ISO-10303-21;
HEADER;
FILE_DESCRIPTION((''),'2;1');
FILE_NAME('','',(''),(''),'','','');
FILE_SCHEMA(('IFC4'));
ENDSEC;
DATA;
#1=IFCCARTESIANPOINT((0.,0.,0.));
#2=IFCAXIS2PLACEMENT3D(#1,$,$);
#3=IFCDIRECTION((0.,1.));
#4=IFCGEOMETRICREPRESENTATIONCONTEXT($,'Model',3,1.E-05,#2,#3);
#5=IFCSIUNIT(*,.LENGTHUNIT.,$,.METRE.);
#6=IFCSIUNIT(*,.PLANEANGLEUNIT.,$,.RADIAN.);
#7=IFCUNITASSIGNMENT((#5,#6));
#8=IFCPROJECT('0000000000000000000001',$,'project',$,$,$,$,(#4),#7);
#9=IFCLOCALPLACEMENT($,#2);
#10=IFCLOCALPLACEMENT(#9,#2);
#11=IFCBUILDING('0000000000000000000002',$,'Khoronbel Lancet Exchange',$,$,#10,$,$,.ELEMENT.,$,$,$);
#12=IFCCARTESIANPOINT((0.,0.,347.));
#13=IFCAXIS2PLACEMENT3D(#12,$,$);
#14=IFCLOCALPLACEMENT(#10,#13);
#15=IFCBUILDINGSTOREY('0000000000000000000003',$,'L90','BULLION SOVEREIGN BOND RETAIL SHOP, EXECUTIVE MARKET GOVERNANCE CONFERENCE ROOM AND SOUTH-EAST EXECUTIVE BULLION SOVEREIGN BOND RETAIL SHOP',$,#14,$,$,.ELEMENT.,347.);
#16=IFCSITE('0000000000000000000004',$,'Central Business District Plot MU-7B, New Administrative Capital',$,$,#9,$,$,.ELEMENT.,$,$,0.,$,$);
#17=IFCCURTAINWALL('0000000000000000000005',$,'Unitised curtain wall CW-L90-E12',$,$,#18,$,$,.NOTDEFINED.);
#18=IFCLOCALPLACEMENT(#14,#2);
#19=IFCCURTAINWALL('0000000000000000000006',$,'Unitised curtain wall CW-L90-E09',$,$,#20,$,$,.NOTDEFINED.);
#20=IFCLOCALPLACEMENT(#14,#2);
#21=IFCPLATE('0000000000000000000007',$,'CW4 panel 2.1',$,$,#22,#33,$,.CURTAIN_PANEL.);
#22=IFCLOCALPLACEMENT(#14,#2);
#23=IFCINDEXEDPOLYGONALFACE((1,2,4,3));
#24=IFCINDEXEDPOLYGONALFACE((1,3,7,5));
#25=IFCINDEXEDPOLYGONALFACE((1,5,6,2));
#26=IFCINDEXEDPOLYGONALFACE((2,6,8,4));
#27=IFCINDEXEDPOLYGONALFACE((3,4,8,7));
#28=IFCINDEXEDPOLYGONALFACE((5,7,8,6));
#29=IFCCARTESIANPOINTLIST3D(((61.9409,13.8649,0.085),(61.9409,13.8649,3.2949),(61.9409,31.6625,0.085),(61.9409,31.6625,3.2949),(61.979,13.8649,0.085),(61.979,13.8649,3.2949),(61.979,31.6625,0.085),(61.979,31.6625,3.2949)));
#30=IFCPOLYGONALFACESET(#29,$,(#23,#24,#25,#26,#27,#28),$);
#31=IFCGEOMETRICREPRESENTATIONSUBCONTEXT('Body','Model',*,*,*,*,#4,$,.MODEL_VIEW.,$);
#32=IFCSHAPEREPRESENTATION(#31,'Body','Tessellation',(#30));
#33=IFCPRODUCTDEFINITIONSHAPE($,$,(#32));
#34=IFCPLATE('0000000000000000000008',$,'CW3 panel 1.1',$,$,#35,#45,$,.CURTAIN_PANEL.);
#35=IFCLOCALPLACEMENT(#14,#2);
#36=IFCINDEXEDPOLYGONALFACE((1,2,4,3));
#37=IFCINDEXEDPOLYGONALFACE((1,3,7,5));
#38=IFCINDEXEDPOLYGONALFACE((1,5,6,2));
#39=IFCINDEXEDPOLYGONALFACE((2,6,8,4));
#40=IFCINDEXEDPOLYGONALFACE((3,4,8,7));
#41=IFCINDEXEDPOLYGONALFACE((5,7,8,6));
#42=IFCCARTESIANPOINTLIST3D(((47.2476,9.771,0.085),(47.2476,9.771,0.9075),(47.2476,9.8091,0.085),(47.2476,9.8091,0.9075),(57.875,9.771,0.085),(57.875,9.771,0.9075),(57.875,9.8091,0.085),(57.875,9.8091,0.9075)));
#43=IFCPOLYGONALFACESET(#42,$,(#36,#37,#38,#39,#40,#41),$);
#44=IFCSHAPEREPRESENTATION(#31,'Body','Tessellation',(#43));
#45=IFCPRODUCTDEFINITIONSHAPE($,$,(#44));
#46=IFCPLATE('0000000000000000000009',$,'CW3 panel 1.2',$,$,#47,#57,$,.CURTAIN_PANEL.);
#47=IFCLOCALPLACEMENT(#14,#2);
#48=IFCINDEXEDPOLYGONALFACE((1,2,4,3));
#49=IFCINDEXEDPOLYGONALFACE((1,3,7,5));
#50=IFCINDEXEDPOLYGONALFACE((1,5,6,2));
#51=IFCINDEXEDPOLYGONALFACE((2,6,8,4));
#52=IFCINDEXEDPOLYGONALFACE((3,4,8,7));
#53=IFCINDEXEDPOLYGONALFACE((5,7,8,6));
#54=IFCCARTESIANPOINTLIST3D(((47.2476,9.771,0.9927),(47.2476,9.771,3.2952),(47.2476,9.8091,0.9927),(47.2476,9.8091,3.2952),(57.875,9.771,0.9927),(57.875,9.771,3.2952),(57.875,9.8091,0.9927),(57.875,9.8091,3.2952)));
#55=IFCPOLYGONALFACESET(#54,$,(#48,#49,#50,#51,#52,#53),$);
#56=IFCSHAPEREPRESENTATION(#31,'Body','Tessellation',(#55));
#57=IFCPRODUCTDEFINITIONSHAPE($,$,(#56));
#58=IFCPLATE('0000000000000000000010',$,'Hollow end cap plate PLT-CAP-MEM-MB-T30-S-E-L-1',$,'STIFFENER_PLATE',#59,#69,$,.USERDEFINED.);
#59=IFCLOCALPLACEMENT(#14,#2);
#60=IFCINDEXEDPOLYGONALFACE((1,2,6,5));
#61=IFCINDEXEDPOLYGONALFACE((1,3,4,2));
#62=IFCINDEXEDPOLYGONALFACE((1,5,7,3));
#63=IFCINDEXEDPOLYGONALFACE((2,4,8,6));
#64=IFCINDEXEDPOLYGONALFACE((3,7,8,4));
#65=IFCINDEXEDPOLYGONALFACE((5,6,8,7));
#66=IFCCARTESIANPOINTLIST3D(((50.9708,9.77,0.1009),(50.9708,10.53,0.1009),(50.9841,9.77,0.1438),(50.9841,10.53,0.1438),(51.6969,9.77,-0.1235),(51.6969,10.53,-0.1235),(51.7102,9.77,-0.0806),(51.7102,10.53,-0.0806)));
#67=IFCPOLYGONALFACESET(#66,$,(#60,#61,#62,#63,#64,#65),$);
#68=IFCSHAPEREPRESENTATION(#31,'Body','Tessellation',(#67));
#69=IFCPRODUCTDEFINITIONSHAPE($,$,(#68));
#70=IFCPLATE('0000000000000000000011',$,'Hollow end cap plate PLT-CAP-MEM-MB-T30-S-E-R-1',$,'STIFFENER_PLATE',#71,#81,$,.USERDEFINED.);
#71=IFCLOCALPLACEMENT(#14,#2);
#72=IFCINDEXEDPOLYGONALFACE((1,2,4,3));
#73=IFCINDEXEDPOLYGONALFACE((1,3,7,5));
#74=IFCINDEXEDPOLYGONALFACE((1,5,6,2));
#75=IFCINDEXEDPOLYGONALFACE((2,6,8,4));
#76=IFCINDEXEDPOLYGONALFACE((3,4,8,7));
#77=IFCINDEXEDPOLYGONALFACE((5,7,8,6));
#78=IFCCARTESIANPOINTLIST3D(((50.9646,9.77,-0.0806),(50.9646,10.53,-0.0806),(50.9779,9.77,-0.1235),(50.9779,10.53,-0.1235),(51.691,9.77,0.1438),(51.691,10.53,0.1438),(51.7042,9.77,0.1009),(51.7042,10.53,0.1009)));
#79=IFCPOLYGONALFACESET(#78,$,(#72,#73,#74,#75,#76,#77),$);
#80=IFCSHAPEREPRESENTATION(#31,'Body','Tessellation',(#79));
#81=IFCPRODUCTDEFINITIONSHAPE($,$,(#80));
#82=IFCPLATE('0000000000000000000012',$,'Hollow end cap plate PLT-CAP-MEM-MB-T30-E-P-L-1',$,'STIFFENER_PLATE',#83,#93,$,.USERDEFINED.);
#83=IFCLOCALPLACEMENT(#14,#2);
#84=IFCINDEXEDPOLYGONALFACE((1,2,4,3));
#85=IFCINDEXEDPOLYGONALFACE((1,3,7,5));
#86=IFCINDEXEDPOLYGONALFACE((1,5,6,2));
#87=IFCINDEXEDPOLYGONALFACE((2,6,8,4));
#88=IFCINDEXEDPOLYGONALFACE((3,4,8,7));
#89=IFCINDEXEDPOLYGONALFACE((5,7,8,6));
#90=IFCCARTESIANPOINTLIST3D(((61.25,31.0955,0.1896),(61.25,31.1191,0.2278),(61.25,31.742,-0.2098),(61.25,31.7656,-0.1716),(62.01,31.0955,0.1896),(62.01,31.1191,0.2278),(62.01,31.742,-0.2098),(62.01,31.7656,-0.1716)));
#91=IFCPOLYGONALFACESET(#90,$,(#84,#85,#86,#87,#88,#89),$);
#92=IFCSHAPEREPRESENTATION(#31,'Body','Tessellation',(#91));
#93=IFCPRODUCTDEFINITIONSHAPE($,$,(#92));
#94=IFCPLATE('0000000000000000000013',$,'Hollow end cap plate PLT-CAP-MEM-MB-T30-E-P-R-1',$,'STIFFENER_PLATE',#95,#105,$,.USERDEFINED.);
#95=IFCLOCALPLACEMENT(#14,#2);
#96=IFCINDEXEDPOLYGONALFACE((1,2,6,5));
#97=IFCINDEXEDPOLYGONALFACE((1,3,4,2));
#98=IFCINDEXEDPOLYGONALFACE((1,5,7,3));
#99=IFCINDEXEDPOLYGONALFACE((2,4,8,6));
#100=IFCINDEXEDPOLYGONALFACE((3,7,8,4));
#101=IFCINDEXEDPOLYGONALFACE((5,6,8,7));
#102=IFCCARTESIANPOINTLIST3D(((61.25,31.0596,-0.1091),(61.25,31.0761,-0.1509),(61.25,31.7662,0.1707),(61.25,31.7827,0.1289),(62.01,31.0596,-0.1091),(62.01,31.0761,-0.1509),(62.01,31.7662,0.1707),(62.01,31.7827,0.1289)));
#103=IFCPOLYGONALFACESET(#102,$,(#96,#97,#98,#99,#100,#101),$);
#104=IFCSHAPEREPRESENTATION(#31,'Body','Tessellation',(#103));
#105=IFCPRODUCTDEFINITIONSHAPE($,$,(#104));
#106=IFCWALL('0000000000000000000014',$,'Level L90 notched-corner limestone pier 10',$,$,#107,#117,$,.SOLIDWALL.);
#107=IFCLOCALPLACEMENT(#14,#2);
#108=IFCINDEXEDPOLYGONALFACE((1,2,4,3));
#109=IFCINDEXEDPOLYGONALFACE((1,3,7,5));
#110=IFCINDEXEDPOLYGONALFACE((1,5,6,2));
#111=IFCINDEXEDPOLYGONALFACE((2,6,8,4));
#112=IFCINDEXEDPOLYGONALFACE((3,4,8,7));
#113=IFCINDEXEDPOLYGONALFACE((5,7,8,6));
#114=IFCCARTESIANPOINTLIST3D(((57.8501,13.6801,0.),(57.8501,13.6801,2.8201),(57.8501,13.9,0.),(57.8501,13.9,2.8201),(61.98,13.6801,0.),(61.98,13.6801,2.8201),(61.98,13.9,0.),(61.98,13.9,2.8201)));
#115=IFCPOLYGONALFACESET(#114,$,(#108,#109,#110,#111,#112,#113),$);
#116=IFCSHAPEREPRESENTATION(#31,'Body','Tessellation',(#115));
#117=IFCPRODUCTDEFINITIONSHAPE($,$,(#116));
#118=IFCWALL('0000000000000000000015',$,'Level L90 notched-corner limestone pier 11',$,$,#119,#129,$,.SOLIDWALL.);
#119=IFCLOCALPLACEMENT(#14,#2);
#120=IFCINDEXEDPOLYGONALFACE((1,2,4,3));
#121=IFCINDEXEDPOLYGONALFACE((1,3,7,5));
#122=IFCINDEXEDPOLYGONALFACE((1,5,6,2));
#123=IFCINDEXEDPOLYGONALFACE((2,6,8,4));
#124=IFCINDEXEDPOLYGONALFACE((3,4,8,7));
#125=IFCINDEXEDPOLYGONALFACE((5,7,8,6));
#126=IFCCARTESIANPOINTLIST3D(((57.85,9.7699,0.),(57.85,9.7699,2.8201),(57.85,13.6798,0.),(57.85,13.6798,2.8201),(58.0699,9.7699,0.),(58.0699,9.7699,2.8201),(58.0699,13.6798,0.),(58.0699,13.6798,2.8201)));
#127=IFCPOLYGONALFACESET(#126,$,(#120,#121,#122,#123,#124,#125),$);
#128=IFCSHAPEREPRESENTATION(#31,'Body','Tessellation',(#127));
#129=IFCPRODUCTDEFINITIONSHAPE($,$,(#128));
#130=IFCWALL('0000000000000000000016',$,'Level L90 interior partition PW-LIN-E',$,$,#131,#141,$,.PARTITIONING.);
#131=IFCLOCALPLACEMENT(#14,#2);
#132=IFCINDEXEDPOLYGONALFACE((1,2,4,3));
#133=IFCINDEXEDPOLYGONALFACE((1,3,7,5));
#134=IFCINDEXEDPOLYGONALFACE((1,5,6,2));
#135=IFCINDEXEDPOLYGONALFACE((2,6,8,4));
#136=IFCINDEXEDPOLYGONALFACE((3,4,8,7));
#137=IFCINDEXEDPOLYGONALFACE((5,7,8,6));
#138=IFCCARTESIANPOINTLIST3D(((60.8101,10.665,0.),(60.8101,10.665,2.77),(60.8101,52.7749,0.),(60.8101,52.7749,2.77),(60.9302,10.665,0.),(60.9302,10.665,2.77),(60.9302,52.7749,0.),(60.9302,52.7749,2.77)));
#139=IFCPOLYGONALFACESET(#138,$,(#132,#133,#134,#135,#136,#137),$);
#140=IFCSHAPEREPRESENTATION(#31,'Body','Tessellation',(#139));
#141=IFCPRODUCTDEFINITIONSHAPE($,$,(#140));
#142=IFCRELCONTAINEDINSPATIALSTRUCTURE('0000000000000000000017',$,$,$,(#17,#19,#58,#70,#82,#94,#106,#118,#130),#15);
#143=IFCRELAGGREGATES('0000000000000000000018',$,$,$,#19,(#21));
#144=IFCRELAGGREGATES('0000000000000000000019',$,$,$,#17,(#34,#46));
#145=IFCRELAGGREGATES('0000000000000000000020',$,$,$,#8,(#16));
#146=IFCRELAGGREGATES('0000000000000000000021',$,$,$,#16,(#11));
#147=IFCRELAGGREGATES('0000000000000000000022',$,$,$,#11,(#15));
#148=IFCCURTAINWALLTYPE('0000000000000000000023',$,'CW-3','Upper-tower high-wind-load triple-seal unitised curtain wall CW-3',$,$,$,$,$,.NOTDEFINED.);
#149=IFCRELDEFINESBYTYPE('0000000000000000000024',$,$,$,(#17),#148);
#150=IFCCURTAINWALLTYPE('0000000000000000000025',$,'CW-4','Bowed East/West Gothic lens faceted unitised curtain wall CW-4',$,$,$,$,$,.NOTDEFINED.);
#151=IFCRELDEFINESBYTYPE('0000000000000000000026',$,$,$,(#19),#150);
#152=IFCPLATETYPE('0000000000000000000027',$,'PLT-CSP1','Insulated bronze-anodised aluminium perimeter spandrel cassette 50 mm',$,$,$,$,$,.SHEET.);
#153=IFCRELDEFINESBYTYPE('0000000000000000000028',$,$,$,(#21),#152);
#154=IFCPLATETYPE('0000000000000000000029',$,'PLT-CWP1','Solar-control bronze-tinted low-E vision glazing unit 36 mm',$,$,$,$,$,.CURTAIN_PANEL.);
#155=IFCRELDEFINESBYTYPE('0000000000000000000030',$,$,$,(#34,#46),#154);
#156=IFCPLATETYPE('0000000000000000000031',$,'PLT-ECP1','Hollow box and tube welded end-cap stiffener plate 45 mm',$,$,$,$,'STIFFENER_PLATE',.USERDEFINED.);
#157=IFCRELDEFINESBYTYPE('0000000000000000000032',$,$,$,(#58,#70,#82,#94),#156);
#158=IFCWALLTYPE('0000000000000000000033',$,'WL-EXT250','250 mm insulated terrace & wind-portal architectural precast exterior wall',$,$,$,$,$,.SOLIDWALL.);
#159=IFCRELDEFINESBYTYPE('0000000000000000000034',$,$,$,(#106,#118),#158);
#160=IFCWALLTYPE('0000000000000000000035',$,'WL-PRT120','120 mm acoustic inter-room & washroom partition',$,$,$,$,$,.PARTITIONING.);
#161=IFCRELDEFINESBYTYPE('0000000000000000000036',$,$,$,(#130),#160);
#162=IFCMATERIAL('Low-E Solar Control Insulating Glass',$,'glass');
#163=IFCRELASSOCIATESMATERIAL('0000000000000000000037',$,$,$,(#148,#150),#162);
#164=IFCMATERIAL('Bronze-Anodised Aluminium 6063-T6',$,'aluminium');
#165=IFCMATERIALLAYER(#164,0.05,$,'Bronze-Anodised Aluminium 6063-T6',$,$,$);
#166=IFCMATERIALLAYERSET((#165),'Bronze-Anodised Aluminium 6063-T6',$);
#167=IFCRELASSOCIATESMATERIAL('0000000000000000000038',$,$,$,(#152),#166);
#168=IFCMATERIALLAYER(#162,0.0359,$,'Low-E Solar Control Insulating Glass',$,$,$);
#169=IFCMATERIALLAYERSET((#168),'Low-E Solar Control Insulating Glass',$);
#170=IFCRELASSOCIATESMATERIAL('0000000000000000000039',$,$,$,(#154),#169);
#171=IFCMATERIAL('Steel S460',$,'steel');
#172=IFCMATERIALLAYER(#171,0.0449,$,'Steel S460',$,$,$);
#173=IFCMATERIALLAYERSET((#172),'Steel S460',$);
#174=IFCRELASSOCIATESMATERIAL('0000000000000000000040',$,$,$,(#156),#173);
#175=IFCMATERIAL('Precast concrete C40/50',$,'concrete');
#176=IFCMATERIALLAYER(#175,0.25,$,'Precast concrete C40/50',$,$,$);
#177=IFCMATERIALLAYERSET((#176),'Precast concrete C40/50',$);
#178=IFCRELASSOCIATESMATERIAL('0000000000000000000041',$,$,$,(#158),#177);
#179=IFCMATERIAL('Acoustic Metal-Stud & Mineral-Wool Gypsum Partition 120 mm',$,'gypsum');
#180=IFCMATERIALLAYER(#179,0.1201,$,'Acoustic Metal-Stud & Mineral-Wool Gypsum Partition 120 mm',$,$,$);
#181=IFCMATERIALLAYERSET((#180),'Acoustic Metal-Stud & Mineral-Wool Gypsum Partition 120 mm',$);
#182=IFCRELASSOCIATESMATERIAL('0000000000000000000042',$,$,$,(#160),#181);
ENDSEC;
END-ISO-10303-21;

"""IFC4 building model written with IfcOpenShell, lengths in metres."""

from ifc_helpers import new_model, si_unit, direction, frame, frame_2d, origin, origin_2d, place, context, subcontext, project, spatial, polyline, rectangle, outline, extrude, material, layer, layer_set, type_object, element, aggregate, save


model = new_model("IFC4")

# Units and contexts
model_context = context("Model", 3, precision=1e-05, world=origin(), true_north=direction((0.0, 1.0)))
body_context = subcontext(model_context, "Body", "Model", "MODEL_VIEW")
ifc_project = project(units=[si_unit("LENGTHUNIT", "METRE"), si_unit("PLANEANGLEUNIT", "RADIAN")], contexts=[model_context])

# Site, building, storey
site_placement = place(None, origin())
site = spatial("IfcSite", under=ifc_project, at=site_placement, Name="Central Business District Plot MU-7B, New Administrative Capital", CompositionType="ELEMENT", RefElevation=0.0)
building_placement = place(site_placement, origin())
building = spatial("IfcBuilding", under=site, at=building_placement, Name="Khoronbel Lancet Exchange", CompositionType="ELEMENT")
storey_placement = place(building_placement, frame((0.0, 0.0, 347.0)))
storey = spatial("IfcBuildingStorey", under=building, at=storey_placement, Name="L90", Description="BULLION SOVEREIGN BOND RETAIL SHOP, EXECUTIVE MARKET GOVERNANCE CONFERENCE ROOM AND SOUTH-EAST EXECUTIVE BULLION SOVEREIGN BOND RETAIL SHOP", CompositionType="ELEMENT", Elevation=347.0)

# Shared definitions
ifc_material_1 = material(Name="Steel S460", Category="steel")

# Curtain wall
ifc_material_2 = material(Name="Low-E Solar Control Insulating Glass", Category="glass")
curtain_wall_type_1 = type_object("IfcCurtainWallType", Name="CW-3", Description="Upper-tower high-wind-load triple-seal unitised curtain wall CW-3", PredefinedType="NOTDEFINED", material=ifc_material_2)
curtain_wall_1_placement = place(storey_placement, origin())
curtain_wall_1 = element("IfcCurtainWall", 1, at=curtain_wall_1_placement, inside=storey, type_object=curtain_wall_type_1, Name="Unitised curtain wall CW-L90-E12", PredefinedType="NOTDEFINED")
ifc_material_3 = material(Name="Bronze-Anodised Aluminium 6063-T6", Category="aluminium")

# Curtain wall
curtain_wall_type_2 = type_object("IfcCurtainWallType", Name="CW-4", Description="Bowed East/West Gothic lens faceted unitised curtain wall CW-4", PredefinedType="NOTDEFINED", material=ifc_material_2)
curtain_wall_2_placement = place(storey_placement, origin())
curtain_wall_2 = element("IfcCurtainWall", 2, at=curtain_wall_2_placement, inside=storey, type_object=curtain_wall_type_2, Name="Unitised curtain wall CW-L90-E09", PredefinedType="NOTDEFINED")

# Plates
ifc_layer_1 = layer(ifc_material_3, 0.05, Name="Bronze-Anodised Aluminium 6063-T6")
ifc_layer_set_1 = layer_set([ifc_layer_1], Name="Bronze-Anodised Aluminium 6063-T6")
plate_type_1 = type_object("IfcPlateType", Name="PLT-CSP1", Description="Insulated bronze-anodised aluminium perimeter spandrel cassette 50 mm", PredefinedType="SHEET", material=ifc_layer_set_1)
plate_1_placement = place(storey_placement, frame((61.96, 22.7637, 0.085), z_axis=(0.0, 0.0, 1.0), x_axis=(0.0, -1.0, 0.0)))
plate_1 = element("IfcPlate", 3, at=plate_1_placement, type_object=plate_type_1, Name="CW4 panel 2.1", PredefinedType="CURTAIN_PANEL", context=body_context, shape_type="SweptSolid", body=[
    extrude(rectangle(XDim=17.7976, YDim=0.0381, at=origin_2d()), origin(), (0.0, 0.0, 1.0), 3.21),
])
aggregate(curtain_wall_2, [plate_1])
ifc_layer_2 = layer(ifc_material_2, 0.0359, Name="Low-E Solar Control Insulating Glass")
ifc_layer_set_2 = layer_set([ifc_layer_2], Name="Low-E Solar Control Insulating Glass")
plate_type_2 = type_object("IfcPlateType", Name="PLT-CWP1", Description="Solar-control bronze-tinted low-E vision glazing unit 36 mm", PredefinedType="CURTAIN_PANEL", material=ifc_layer_set_2)
plate_2_placement = place(storey_placement, frame((52.5613, 9.79, 0.085), z_axis=(0.0, 0.0, 1.0), x_axis=(-1.0, 0.0, 0.0)))
plate_2 = element("IfcPlate", 4, at=plate_2_placement, type_object=plate_type_2, Name="CW3 panel 1.1", PredefinedType="CURTAIN_PANEL", context=body_context, shape_type="SweptSolid", body=[
    extrude(rectangle(XDim=10.6274, YDim=0.0381, at=origin_2d()), origin(), (0.0, 0.0, 1.0), 0.8225),
])
plate_3_placement = place(storey_placement, frame((52.5613, 9.79, 0.9927), z_axis=(0.0, 0.0, 1.0), x_axis=(-1.0, 0.0, 0.0)))
plate_3 = element("IfcPlate", 5, at=plate_3_placement, type_object=plate_type_2, Name="CW3 panel 1.2", PredefinedType="CURTAIN_PANEL", context=body_context, shape_type="SweptSolid", body=[
    extrude(rectangle(XDim=10.6274, YDim=0.0381, at=origin_2d()), origin(), (0.0, 0.0, 1.0), 2.3025),
])
aggregate(curtain_wall_1, [plate_2, plate_3])

# Plates
ifc_layer_3 = layer(ifc_material_1, 0.0449, Name="Steel S460")
ifc_layer_set_3 = layer_set([ifc_layer_3], Name="Steel S460")
plate_type_3 = type_object("IfcPlateType", Name="PLT-ECP1", Description="Hollow box and tube welded end-cap stiffener plate 45 mm", ElementType="STIFFENER_PLATE", PredefinedType="USERDEFINED", material=ifc_layer_set_3)
plate_4_placement = place(storey_placement, frame((51.7102, 9.77, -0.0806), z_axis=(0.295237, 0.0, 0.955424), x_axis=(0.0, 1.0, 0.0)))
element("IfcPlate", 6, at=plate_4_placement, inside=storey, type_object=plate_type_3, Name="Hollow end cap plate PLT-CAP-MEM-MB-T30-S-E-L-1", ObjectType="STIFFENER_PLATE", PredefinedType="USERDEFINED", context=body_context, shape_type="SweptSolid", body=[
    extrude(outline(polyline([(0.0, 0.0), (0.76, 0.0), (0.76, 0.76), (0.0, 0.76), (0.0, 0.0)])), origin(), (0.0, 0.0, -1.0), 0.0449),
])
plate_5_placement = place(storey_placement, frame((50.9646, 10.53, -0.0806), z_axis=(-0.295146, 0.0, 0.955452), x_axis=(0.0, -1.0, 0.0)))
element("IfcPlate", 7, at=plate_5_placement, inside=storey, type_object=plate_type_3, Name="Hollow end cap plate PLT-CAP-MEM-MB-T30-S-E-R-1", ObjectType="STIFFENER_PLATE", PredefinedType="USERDEFINED", context=body_context, shape_type="SweptSolid", body=[
    extrude(outline(polyline([(0.0, 0.0), (0.76, 0.0), (0.76, 0.7603), (0.0, 0.7603), (0.0, 0.0)])), origin(), (0.0, 0.0, -1.0), 0.0449),
])
for number, where, z_axis, x_axis, name in (
    (8, (62.01, 31.7656, -0.1716), (0.0, 0.525602, 0.85073), (-1.0, 0.0, 0.0), "Hollow end cap plate PLT-CAP-MEM-MB-T30-E-P-L-1"),
    (9, (61.25, 31.0596, -0.1091), (0.0, -0.368176, 0.929756), (1.0, 0.0, 0.0), "Hollow end cap plate PLT-CAP-MEM-MB-T30-E-P-R-1"),
):
    element("IfcPlate", number, at=place(storey_placement, frame(where, z_axis=z_axis, x_axis=x_axis)), inside=storey, type_object=plate_type_3, Name=name, ObjectType="STIFFENER_PLATE", PredefinedType="USERDEFINED", context=body_context, shape_type="SweptSolid", body=[
        extrude(outline(polyline([(0.0, 0.0), (0.76, 0.0), (0.76, 0.76), (0.0, 0.76), (0.0, 0.0)])), origin(), (0.0, 0.0, -1.0), 0.0449),
    ])

# Walls
ifc_material_4 = material(Name="Precast concrete C40/50", Category="concrete")
ifc_layer_4 = layer(ifc_material_4, 0.25, Name="Precast concrete C40/50")
ifc_layer_set_4 = layer_set([ifc_layer_4], Name="Precast concrete C40/50")
wall_type_1 = type_object("IfcWallType", Name="WL-EXT250", Description="250 mm insulated terrace & wind-portal architectural precast exterior wall", PredefinedType="SOLIDWALL", material=ifc_layer_set_4)
wall_1_placement = place(storey_placement, frame((61.98, 13.79, 0.0), z_axis=(0.0, 0.0, 1.0), x_axis=(-1.0, 0.0, 0.0)))
element("IfcWall", 10, at=wall_1_placement, inside=storey, type_object=wall_type_1, Name="Level L90 notched-corner limestone pier 10", PredefinedType="SOLIDWALL", context=body_context, shape_type="SweptSolid", body=[
    extrude(rectangle(XDim=4.1299, YDim=0.22, at=frame_2d((2.0649, 0.0))), origin(), (0.0, 0.0, 1.0), 2.8201),
])
wall_2_placement = place(storey_placement, frame((57.96, 13.6799, 0.0), z_axis=(0.0, 0.0, 1.0), x_axis=(0.0, -1.0, 0.0)))
element("IfcWall", 11, at=wall_2_placement, inside=storey, type_object=wall_type_1, Name="Level L90 notched-corner limestone pier 11", PredefinedType="SOLIDWALL", context=body_context, shape_type="SweptSolid", body=[
    extrude(rectangle(XDim=3.9099, YDim=0.22, at=frame_2d((1.9551, 0.0))), origin(), (0.0, 0.0, 1.0), 2.8201),
])
ifc_material_5 = material(Name="Acoustic Metal-Stud & Mineral-Wool Gypsum Partition 120 mm", Category="gypsum")
ifc_layer_5 = layer(ifc_material_5, 0.1201, Name="Acoustic Metal-Stud & Mineral-Wool Gypsum Partition 120 mm")
ifc_layer_set_5 = layer_set([ifc_layer_5], Name="Acoustic Metal-Stud & Mineral-Wool Gypsum Partition 120 mm")
wall_type_2 = type_object("IfcWallType", Name="WL-PRT120", Description="120 mm acoustic inter-room & washroom partition", PredefinedType="PARTITIONING", material=ifc_layer_set_5)
wall_3_placement = place(storey_placement, frame((60.8701, 10.665, 0.0), z_axis=(0.0, 0.0, 1.0), x_axis=(0.0, 1.0, 0.0)))
element("IfcWall", 12, at=wall_3_placement, inside=storey, type_object=wall_type_2, Name="Level L90 interior partition PW-LIN-E", PredefinedType="PARTITIONING", context=body_context, shape_type="SweptSolid", body=[
    extrude(rectangle(XDim=42.1099, YDim=0.1201, at=frame_2d((21.0549, 0.0))), origin(), (0.0, 0.0, 1.0), 2.77),
])

save(model, "model.ifc")
